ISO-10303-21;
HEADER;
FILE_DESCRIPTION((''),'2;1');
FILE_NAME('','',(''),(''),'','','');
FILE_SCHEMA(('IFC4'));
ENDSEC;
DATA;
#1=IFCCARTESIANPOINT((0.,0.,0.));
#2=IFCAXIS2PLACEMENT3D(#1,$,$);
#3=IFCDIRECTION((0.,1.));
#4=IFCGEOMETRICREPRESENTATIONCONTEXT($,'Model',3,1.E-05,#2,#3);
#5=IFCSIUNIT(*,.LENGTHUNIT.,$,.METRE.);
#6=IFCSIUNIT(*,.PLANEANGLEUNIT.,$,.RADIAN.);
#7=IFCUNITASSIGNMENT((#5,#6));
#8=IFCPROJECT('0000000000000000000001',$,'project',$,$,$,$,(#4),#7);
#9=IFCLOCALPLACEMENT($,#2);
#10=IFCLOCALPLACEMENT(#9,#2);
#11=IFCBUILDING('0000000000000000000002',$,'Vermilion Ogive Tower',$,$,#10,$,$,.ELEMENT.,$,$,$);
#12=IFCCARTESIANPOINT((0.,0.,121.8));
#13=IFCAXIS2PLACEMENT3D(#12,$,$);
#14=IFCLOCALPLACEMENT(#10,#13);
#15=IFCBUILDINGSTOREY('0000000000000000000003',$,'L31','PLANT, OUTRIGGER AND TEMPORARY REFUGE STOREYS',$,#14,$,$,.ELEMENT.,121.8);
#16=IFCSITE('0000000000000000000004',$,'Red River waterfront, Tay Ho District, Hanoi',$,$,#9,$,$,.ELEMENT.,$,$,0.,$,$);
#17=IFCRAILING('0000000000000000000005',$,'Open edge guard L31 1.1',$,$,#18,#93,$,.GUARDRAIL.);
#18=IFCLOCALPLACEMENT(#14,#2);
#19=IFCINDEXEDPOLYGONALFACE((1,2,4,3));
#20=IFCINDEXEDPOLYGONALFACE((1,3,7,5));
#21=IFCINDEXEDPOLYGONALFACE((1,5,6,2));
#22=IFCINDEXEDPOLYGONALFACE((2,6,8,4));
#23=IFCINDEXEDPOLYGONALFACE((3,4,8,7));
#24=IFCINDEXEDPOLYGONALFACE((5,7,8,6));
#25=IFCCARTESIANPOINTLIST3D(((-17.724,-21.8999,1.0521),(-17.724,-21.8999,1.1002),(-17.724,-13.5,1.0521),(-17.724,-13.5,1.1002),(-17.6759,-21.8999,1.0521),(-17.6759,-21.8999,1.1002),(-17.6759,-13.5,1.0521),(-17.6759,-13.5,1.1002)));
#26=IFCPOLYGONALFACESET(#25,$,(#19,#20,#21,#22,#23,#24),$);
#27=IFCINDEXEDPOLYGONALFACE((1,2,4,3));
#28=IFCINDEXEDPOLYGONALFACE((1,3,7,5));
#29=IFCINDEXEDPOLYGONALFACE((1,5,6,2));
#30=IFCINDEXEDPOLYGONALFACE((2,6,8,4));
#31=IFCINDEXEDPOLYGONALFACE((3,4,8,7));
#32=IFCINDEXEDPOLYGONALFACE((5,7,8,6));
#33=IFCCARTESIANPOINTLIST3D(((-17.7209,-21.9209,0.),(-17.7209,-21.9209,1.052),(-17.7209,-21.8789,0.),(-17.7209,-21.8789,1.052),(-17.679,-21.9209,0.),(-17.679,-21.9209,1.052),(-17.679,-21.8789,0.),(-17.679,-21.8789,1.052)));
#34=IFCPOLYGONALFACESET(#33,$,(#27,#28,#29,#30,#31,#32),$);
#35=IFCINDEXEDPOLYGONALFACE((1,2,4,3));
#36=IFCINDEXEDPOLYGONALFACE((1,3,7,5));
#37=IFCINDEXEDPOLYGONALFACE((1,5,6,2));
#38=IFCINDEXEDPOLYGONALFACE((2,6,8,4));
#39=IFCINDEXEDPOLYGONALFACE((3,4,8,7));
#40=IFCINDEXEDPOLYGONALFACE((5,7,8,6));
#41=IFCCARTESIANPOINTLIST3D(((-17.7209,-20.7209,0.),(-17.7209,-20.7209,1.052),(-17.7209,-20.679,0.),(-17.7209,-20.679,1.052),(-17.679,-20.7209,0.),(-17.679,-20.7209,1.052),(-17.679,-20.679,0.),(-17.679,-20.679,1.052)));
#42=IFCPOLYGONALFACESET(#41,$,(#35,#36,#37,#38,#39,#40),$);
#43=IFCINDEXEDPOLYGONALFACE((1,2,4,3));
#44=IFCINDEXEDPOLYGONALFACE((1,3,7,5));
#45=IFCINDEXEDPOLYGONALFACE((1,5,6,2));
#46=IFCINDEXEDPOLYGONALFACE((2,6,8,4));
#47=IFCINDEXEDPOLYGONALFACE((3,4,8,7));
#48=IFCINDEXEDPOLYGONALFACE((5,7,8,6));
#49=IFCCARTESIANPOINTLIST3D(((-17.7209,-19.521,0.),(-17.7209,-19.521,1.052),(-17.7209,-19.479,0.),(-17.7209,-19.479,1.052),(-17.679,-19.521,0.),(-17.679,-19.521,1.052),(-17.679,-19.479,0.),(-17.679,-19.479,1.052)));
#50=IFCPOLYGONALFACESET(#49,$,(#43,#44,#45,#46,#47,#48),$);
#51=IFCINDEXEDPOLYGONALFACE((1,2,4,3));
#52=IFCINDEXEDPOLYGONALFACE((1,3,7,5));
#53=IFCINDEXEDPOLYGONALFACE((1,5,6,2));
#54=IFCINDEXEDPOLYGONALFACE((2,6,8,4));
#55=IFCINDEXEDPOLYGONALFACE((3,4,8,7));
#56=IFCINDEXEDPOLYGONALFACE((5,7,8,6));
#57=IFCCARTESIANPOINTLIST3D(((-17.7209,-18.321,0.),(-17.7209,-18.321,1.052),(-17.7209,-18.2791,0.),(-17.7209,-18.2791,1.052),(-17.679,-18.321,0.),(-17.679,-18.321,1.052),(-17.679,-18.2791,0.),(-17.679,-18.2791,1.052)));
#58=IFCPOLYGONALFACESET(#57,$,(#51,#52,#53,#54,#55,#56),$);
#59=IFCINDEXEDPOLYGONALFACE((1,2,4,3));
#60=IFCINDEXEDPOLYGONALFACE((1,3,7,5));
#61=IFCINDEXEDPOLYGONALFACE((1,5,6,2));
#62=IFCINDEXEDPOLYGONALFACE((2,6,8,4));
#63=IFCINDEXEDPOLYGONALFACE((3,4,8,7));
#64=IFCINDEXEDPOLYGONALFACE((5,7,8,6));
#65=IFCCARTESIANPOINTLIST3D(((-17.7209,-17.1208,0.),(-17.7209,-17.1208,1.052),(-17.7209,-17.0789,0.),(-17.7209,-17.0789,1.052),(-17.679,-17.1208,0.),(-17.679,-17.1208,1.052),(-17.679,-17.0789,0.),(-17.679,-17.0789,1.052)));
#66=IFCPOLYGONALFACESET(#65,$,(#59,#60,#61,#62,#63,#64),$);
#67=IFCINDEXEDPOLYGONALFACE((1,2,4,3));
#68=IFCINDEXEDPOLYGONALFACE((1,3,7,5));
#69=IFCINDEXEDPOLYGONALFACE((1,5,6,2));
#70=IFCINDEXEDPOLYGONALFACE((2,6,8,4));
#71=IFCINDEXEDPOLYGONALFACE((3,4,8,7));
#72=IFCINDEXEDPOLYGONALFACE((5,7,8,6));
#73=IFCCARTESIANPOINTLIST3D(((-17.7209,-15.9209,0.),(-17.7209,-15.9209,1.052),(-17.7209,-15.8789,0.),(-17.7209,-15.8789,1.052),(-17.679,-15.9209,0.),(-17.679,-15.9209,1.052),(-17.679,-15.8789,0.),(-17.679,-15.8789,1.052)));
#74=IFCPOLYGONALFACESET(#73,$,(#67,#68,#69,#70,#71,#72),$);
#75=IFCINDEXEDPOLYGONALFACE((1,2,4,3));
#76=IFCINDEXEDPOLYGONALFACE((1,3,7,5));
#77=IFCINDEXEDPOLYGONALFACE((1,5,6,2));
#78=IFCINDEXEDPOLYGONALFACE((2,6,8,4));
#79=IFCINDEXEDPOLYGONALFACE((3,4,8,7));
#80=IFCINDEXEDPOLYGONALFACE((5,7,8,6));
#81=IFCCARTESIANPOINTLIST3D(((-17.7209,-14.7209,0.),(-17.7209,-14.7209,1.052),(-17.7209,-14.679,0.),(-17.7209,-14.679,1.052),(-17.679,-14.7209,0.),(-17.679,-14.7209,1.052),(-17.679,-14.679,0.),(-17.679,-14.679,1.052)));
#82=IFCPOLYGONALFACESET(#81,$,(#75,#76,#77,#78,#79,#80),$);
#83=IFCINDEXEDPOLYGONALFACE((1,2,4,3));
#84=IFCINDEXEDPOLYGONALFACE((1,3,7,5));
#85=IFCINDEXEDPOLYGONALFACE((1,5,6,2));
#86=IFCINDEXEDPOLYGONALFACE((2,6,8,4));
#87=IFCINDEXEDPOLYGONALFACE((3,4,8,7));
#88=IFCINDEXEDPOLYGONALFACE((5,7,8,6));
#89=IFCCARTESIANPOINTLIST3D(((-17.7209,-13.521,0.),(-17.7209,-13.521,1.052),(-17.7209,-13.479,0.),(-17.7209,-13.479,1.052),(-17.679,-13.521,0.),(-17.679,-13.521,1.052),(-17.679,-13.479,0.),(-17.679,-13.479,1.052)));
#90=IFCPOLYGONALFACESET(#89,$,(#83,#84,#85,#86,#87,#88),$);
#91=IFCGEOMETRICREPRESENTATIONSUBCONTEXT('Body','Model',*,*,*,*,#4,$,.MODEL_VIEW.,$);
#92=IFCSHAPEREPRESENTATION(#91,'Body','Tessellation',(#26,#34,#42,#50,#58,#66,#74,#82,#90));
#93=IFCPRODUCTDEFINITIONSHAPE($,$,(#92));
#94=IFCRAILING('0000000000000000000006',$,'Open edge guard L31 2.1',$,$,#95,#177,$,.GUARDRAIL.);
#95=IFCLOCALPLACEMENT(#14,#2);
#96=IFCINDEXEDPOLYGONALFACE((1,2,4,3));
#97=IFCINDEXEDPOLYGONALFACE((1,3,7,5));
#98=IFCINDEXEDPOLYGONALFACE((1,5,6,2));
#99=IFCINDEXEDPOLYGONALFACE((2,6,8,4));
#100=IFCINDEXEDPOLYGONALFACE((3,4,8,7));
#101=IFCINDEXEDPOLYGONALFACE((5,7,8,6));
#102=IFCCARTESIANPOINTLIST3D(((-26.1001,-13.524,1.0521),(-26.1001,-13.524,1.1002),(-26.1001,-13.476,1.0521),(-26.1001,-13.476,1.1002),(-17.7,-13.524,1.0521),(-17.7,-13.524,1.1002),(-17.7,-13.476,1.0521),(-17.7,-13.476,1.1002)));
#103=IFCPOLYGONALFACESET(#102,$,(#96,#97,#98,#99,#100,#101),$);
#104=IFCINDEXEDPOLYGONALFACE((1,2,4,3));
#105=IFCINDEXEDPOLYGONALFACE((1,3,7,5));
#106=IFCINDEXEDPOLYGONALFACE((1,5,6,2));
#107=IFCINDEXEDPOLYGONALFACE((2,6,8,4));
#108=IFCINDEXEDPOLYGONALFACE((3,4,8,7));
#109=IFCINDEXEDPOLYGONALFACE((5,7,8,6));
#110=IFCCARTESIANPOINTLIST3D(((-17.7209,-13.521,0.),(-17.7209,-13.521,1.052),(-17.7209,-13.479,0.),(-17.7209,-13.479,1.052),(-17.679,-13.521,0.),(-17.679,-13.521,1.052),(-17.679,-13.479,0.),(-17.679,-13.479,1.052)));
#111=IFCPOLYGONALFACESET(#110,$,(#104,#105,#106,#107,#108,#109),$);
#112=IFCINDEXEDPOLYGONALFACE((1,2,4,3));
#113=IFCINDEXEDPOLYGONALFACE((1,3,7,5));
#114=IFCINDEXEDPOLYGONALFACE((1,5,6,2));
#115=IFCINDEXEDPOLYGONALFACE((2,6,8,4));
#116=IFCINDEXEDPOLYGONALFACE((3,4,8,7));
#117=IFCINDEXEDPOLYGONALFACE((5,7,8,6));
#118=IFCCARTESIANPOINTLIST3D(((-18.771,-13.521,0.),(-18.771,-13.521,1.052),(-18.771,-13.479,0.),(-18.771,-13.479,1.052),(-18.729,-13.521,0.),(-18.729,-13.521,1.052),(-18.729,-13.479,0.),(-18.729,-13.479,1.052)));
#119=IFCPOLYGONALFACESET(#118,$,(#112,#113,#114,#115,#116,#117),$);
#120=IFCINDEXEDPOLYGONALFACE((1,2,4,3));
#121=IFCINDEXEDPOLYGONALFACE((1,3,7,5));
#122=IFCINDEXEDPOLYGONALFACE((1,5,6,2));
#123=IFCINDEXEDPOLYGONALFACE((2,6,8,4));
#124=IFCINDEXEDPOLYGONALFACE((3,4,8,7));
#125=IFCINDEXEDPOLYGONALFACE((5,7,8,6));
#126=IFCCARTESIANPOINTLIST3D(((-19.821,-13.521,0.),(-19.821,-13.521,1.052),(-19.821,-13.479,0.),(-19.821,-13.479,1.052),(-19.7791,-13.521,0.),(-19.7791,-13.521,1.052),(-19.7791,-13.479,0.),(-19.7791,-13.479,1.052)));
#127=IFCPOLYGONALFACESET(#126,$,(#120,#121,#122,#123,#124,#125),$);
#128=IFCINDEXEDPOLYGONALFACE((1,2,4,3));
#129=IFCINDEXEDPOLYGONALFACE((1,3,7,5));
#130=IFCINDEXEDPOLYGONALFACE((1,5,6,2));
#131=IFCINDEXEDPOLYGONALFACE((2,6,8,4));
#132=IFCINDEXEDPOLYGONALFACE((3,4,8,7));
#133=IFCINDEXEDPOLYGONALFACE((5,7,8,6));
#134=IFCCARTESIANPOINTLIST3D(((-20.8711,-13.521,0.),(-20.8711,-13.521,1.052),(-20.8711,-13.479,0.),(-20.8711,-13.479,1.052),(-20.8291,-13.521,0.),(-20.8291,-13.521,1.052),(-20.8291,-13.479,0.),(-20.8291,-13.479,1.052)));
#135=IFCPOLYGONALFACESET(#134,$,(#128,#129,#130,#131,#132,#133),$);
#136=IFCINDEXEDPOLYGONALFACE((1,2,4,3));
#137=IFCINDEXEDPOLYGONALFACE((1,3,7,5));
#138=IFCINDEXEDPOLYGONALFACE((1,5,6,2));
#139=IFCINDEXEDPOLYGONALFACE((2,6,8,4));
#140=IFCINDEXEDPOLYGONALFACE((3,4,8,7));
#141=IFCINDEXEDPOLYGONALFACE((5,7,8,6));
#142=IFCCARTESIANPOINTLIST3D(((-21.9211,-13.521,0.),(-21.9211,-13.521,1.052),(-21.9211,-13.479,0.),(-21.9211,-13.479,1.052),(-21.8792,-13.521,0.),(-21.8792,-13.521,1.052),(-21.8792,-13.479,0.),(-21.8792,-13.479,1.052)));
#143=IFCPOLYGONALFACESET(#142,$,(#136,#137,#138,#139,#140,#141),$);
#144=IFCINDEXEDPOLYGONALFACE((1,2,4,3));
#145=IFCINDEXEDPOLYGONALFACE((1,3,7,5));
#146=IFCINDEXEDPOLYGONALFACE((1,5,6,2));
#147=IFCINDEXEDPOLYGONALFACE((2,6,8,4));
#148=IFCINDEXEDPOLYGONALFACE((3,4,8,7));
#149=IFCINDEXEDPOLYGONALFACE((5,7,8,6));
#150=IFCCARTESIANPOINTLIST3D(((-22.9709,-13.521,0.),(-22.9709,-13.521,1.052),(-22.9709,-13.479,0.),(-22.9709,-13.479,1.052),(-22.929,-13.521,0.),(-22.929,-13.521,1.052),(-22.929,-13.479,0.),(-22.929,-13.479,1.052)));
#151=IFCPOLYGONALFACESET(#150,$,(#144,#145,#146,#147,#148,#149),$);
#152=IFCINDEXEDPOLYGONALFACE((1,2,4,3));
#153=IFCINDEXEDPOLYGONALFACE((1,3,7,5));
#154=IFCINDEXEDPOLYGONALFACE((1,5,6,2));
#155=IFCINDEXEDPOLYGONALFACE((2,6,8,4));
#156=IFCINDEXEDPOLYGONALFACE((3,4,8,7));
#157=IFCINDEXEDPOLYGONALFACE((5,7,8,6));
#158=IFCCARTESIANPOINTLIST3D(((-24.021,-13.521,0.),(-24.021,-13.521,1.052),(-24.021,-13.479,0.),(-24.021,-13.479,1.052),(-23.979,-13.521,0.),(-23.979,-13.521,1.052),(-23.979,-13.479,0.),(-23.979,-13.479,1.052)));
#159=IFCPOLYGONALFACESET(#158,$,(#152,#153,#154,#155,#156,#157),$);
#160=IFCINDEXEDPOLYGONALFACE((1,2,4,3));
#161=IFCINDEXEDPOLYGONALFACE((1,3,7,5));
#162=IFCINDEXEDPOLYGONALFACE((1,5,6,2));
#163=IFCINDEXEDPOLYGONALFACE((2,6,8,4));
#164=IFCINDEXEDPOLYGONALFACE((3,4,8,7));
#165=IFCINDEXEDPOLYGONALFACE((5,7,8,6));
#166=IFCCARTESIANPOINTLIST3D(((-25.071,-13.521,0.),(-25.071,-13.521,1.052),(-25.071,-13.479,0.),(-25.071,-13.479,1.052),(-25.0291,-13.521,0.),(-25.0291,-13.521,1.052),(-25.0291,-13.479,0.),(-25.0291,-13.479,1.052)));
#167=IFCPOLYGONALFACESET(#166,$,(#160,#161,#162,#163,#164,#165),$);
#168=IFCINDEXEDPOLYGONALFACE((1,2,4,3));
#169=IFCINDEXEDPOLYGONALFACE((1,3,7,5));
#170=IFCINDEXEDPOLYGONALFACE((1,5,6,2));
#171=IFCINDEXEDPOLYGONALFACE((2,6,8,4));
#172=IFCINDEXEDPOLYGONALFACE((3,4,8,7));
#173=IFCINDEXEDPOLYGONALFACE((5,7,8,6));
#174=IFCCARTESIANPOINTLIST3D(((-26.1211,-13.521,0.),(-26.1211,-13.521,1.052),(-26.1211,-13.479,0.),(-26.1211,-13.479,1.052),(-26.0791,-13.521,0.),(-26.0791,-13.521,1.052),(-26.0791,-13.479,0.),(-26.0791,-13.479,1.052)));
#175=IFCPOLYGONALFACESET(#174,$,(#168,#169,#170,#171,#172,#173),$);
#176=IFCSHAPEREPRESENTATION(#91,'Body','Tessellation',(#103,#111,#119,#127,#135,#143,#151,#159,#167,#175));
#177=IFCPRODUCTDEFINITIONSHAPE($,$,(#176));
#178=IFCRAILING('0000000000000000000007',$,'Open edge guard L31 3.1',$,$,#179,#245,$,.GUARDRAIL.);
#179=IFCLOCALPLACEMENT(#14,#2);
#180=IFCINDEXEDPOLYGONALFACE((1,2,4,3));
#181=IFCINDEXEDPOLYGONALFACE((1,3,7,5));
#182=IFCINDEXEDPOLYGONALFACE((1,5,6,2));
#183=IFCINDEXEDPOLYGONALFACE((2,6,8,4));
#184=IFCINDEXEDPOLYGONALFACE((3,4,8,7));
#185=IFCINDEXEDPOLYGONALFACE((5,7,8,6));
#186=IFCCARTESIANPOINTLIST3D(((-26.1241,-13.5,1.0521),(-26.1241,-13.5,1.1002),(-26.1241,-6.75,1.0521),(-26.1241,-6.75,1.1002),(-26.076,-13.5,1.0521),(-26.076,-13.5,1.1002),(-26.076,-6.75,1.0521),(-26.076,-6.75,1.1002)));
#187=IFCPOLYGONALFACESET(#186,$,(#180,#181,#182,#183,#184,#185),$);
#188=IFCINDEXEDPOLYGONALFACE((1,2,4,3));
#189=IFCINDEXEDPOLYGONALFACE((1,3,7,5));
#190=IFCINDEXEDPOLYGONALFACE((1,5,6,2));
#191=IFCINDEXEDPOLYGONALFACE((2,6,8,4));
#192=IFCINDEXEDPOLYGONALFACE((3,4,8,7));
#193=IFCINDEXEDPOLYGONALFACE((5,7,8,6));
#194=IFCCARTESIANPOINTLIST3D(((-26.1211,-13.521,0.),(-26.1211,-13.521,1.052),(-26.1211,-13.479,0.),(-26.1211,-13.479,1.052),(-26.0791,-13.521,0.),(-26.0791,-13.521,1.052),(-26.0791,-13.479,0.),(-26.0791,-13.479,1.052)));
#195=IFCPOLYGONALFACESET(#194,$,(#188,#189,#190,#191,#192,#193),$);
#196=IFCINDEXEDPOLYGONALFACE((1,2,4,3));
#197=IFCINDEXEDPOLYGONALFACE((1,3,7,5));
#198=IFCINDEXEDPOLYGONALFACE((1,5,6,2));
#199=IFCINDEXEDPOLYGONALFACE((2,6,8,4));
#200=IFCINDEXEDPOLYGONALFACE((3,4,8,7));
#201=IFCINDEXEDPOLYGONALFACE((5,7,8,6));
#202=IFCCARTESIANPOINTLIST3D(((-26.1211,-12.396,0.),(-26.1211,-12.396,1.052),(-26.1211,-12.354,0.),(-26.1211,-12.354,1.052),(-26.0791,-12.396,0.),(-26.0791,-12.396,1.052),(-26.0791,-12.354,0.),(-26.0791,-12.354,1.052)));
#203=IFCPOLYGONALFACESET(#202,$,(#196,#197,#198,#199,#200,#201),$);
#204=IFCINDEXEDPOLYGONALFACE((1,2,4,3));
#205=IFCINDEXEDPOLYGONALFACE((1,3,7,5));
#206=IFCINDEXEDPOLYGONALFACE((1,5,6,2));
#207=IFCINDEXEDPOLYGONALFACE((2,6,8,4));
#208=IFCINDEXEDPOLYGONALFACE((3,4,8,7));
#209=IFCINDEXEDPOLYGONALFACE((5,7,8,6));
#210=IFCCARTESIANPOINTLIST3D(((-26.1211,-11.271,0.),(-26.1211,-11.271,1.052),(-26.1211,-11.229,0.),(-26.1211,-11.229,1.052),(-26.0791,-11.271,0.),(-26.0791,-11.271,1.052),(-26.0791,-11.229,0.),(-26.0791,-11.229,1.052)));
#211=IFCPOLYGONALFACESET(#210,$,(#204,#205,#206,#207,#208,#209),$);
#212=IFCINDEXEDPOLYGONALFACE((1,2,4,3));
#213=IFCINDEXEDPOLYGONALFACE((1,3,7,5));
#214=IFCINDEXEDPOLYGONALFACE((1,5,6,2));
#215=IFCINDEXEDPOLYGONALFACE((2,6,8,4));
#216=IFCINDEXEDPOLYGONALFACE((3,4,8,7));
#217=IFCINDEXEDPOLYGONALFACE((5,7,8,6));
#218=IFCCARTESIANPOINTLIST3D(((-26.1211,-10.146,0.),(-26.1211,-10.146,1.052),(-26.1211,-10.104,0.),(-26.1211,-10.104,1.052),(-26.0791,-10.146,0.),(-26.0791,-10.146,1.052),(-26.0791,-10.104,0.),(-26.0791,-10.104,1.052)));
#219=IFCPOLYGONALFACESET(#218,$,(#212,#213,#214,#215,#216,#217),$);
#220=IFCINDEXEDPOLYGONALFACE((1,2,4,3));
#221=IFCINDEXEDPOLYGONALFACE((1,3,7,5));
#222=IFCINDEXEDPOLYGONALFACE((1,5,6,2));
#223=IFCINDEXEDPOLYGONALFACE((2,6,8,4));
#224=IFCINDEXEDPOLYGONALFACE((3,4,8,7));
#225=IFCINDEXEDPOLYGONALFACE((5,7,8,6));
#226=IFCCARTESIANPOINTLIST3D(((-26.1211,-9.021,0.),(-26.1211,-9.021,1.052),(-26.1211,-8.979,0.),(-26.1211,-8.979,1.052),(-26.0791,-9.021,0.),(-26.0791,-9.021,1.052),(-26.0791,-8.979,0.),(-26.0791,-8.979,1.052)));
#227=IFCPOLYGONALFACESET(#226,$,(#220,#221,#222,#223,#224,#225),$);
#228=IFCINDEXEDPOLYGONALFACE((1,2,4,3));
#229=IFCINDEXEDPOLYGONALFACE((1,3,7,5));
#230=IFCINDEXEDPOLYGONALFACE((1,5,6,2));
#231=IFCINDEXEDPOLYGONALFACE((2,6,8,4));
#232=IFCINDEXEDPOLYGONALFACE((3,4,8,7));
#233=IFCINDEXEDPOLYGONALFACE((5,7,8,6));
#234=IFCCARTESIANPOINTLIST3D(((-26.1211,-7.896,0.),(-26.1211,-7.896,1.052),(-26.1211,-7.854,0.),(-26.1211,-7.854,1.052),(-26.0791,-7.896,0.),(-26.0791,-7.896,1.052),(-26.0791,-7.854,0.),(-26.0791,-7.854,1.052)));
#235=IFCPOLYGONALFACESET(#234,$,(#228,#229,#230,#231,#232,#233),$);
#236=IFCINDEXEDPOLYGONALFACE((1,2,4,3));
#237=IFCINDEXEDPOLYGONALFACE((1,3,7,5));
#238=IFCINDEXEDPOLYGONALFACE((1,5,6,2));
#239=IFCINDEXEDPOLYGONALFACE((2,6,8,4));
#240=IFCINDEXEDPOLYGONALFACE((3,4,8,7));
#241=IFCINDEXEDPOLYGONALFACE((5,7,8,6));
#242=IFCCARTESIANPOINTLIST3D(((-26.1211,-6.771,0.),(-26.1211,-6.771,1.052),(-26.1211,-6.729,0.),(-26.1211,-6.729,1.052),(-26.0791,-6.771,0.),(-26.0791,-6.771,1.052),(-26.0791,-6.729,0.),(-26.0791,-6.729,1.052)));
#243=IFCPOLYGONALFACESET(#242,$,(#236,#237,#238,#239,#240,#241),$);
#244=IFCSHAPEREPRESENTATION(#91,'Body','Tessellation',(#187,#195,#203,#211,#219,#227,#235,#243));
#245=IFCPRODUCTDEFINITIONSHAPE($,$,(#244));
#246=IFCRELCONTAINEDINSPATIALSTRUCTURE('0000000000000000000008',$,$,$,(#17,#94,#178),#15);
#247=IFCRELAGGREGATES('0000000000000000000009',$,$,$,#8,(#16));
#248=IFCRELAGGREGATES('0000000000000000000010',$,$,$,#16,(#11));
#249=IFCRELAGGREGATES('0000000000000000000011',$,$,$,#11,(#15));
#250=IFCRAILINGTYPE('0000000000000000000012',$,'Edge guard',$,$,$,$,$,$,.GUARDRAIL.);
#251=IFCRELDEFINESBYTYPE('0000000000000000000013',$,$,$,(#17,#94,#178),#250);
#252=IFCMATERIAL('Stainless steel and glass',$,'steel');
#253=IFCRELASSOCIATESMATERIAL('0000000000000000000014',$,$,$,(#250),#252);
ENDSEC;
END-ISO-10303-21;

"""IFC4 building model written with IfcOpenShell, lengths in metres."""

from ifc_helpers import new_model, si_unit, direction, frame, origin, origin_2d, place, context, subcontext, project, spatial, rectangle, extrude, material, type_object, element, save


model = new_model("IFC4")

# Units and contexts
model_context = context("Model", 3, precision=1e-05, world=origin(), true_north=direction((0.0, 1.0)))
body_context = subcontext(model_context, "Body", "Model", "MODEL_VIEW")
ifc_project = project(units=[si_unit("LENGTHUNIT", "METRE"), si_unit("PLANEANGLEUNIT", "RADIAN")], contexts=[model_context])

# Site, building, storey
site_placement = place(None, origin())
site = spatial("IfcSite", under=ifc_project, at=site_placement, Name="Red River waterfront, Tay Ho District, Hanoi", CompositionType="ELEMENT", RefElevation=0.0)
building_placement = place(site_placement, origin())
building = spatial("IfcBuilding", under=site, at=building_placement, Name="Vermilion Ogive Tower", CompositionType="ELEMENT")
storey_placement = place(building_placement, frame((0.0, 0.0, 121.8)))
storey = spatial("IfcBuildingStorey", under=building, at=storey_placement, Name="L31", Description="PLANT, OUTRIGGER AND TEMPORARY REFUGE STOREYS", CompositionType="ELEMENT", Elevation=121.8)

# Railings
ifc_material_1 = material(Name="Stainless steel and glass", Category="steel")
railing_type = type_object("IfcRailingType", Name="Edge guard", PredefinedType="GUARDRAIL", material=ifc_material_1)
railing_1_placement = place(storey_placement, frame((-17.7, -21.8999, 0.0)))
element("IfcRailing", 1, at=railing_1_placement, inside=storey, type_object=railing_type, Name="Open edge guard L31 1.1", PredefinedType="GUARDRAIL", context=body_context, shape_type="SweptSolid", body=[
    extrude(rectangle(XDim=0.0481, YDim=0.0481, at=origin_2d()), frame((0.0, 0.0, 1.0762), z_axis=(0.0, 1.0, 0.0), x_axis=(-1.0, 0.0, 0.0)), (0.0, 0.0, 1.0), 8.3999),
    extrude(rectangle(XDim=0.042, YDim=0.042, at=origin_2d()), origin(), (0.0, 0.0, 1.0), 1.052),
    extrude(rectangle(XDim=0.042, YDim=0.042, at=origin_2d()), frame((0.0, 1.2, 0.0)), (0.0, 0.0, 1.0), 1.052),
    extrude(rectangle(XDim=0.042, YDim=0.042, at=origin_2d()), frame((0.0, 2.3999, 0.0)), (0.0, 0.0, 1.0), 1.052),
    extrude(rectangle(XDim=0.042, YDim=0.042, at=origin_2d()), frame((0.0, 3.5999, 0.0)), (0.0, 0.0, 1.0), 1.052),
    extrude(rectangle(XDim=0.042, YDim=0.042, at=origin_2d()), frame((0.0, 4.8, 0.0)), (0.0, 0.0, 1.0), 1.052),
    extrude(rectangle(XDim=0.042, YDim=0.042, at=origin_2d()), frame((0.0, 6.0, 0.0)), (0.0, 0.0, 1.0), 1.052),
    extrude(rectangle(XDim=0.042, YDim=0.042, at=origin_2d()), frame((0.0, 7.2, 0.0)), (0.0, 0.0, 1.0), 1.052),
    extrude(rectangle(XDim=0.042, YDim=0.042, at=origin_2d()), frame((0.0, 8.3999, 0.0)), (0.0, 0.0, 1.0), 1.052),
])
railing_2_placement = place(storey_placement, frame((-17.7, -13.5, 0.0)))
element("IfcRailing", 2, at=railing_2_placement, inside=storey, type_object=railing_type, Name="Open edge guard L31 2.1", PredefinedType="GUARDRAIL", context=body_context, shape_type="SweptSolid", body=[
    extrude(rectangle(XDim=0.0481, YDim=0.0481, at=origin_2d()), frame((0.0, 0.0, 1.0762), z_axis=(-1.0, 0.0, 0.0), x_axis=(0.0, -1.0, 0.0)), (0.0, 0.0, 1.0), 8.4001),
    extrude(rectangle(XDim=0.042, YDim=0.042, at=origin_2d()), origin(), (0.0, 0.0, 1.0), 1.052),
    extrude(rectangle(XDim=0.042, YDim=0.042, at=origin_2d()), frame((-1.05, 0.0, 0.0)), (0.0, 0.0, 1.0), 1.052),
    extrude(rectangle(XDim=0.042, YDim=0.042, at=origin_2d()), frame((-2.1001, 0.0, 0.0)), (0.0, 0.0, 1.0), 1.052),
    extrude(rectangle(XDim=0.042, YDim=0.042, at=origin_2d()), frame((-3.1501, 0.0, 0.0)), (0.0, 0.0, 1.0), 1.052),
    extrude(rectangle(XDim=0.042, YDim=0.042, at=origin_2d()), frame((-4.2002, 0.0, 0.0)), (0.0, 0.0, 1.0), 1.052),
    extrude(rectangle(XDim=0.042, YDim=0.042, at=origin_2d()), frame((-5.25, 0.0, 0.0)), (0.0, 0.0, 1.0), 1.052),
    extrude(rectangle(XDim=0.042, YDim=0.042, at=origin_2d()), frame((-6.3, 0.0, 0.0)), (0.0, 0.0, 1.0), 1.052),
    extrude(rectangle(XDim=0.042, YDim=0.042, at=origin_2d()), frame((-7.3501, 0.0, 0.0)), (0.0, 0.0, 1.0), 1.052),
    extrude(rectangle(XDim=0.042, YDim=0.042, at=origin_2d()), frame((-8.4001, 0.0, 0.0)), (0.0, 0.0, 1.0), 1.052),
])
railing_3_placement = place(storey_placement, frame((-26.1001, -13.5, 0.0)))
element("IfcRailing", 3, at=railing_3_placement, inside=storey, type_object=railing_type, Name="Open edge guard L31 3.1", PredefinedType="GUARDRAIL", context=body_context, shape_type="SweptSolid", body=[
    extrude(rectangle(XDim=0.0481, YDim=0.0481, at=origin_2d()), frame((0.0, 0.0, 1.0762), z_axis=(0.0, 1.0, 0.0), x_axis=(-1.0, 0.0, 0.0)), (0.0, 0.0, 1.0), 6.75),
    extrude(rectangle(XDim=0.042, YDim=0.042, at=origin_2d()), origin(), (0.0, 0.0, 1.0), 1.052),
    extrude(rectangle(XDim=0.042, YDim=0.042, at=origin_2d()), frame((0.0, 1.125, 0.0)), (0.0, 0.0, 1.0), 1.052),
    extrude(rectangle(XDim=0.042, YDim=0.042, at=origin_2d()), frame((0.0, 2.25, 0.0)), (0.0, 0.0, 1.0), 1.052),
    extrude(rectangle(XDim=0.042, YDim=0.042, at=origin_2d()), frame((0.0, 3.375, 0.0)), (0.0, 0.0, 1.0), 1.052),
    extrude(rectangle(XDim=0.042, YDim=0.042, at=origin_2d()), frame((0.0, 4.5, 0.0)), (0.0, 0.0, 1.0), 1.052),
    extrude(rectangle(XDim=0.042, YDim=0.042, at=origin_2d()), frame((0.0, 5.625, 0.0)), (0.0, 0.0, 1.0), 1.052),
    extrude(rectangle(XDim=0.042, YDim=0.042, at=origin_2d()), frame((0.0, 6.75, 0.0)), (0.0, 0.0, 1.0), 1.052),
])

save(model, "model.ifc")
